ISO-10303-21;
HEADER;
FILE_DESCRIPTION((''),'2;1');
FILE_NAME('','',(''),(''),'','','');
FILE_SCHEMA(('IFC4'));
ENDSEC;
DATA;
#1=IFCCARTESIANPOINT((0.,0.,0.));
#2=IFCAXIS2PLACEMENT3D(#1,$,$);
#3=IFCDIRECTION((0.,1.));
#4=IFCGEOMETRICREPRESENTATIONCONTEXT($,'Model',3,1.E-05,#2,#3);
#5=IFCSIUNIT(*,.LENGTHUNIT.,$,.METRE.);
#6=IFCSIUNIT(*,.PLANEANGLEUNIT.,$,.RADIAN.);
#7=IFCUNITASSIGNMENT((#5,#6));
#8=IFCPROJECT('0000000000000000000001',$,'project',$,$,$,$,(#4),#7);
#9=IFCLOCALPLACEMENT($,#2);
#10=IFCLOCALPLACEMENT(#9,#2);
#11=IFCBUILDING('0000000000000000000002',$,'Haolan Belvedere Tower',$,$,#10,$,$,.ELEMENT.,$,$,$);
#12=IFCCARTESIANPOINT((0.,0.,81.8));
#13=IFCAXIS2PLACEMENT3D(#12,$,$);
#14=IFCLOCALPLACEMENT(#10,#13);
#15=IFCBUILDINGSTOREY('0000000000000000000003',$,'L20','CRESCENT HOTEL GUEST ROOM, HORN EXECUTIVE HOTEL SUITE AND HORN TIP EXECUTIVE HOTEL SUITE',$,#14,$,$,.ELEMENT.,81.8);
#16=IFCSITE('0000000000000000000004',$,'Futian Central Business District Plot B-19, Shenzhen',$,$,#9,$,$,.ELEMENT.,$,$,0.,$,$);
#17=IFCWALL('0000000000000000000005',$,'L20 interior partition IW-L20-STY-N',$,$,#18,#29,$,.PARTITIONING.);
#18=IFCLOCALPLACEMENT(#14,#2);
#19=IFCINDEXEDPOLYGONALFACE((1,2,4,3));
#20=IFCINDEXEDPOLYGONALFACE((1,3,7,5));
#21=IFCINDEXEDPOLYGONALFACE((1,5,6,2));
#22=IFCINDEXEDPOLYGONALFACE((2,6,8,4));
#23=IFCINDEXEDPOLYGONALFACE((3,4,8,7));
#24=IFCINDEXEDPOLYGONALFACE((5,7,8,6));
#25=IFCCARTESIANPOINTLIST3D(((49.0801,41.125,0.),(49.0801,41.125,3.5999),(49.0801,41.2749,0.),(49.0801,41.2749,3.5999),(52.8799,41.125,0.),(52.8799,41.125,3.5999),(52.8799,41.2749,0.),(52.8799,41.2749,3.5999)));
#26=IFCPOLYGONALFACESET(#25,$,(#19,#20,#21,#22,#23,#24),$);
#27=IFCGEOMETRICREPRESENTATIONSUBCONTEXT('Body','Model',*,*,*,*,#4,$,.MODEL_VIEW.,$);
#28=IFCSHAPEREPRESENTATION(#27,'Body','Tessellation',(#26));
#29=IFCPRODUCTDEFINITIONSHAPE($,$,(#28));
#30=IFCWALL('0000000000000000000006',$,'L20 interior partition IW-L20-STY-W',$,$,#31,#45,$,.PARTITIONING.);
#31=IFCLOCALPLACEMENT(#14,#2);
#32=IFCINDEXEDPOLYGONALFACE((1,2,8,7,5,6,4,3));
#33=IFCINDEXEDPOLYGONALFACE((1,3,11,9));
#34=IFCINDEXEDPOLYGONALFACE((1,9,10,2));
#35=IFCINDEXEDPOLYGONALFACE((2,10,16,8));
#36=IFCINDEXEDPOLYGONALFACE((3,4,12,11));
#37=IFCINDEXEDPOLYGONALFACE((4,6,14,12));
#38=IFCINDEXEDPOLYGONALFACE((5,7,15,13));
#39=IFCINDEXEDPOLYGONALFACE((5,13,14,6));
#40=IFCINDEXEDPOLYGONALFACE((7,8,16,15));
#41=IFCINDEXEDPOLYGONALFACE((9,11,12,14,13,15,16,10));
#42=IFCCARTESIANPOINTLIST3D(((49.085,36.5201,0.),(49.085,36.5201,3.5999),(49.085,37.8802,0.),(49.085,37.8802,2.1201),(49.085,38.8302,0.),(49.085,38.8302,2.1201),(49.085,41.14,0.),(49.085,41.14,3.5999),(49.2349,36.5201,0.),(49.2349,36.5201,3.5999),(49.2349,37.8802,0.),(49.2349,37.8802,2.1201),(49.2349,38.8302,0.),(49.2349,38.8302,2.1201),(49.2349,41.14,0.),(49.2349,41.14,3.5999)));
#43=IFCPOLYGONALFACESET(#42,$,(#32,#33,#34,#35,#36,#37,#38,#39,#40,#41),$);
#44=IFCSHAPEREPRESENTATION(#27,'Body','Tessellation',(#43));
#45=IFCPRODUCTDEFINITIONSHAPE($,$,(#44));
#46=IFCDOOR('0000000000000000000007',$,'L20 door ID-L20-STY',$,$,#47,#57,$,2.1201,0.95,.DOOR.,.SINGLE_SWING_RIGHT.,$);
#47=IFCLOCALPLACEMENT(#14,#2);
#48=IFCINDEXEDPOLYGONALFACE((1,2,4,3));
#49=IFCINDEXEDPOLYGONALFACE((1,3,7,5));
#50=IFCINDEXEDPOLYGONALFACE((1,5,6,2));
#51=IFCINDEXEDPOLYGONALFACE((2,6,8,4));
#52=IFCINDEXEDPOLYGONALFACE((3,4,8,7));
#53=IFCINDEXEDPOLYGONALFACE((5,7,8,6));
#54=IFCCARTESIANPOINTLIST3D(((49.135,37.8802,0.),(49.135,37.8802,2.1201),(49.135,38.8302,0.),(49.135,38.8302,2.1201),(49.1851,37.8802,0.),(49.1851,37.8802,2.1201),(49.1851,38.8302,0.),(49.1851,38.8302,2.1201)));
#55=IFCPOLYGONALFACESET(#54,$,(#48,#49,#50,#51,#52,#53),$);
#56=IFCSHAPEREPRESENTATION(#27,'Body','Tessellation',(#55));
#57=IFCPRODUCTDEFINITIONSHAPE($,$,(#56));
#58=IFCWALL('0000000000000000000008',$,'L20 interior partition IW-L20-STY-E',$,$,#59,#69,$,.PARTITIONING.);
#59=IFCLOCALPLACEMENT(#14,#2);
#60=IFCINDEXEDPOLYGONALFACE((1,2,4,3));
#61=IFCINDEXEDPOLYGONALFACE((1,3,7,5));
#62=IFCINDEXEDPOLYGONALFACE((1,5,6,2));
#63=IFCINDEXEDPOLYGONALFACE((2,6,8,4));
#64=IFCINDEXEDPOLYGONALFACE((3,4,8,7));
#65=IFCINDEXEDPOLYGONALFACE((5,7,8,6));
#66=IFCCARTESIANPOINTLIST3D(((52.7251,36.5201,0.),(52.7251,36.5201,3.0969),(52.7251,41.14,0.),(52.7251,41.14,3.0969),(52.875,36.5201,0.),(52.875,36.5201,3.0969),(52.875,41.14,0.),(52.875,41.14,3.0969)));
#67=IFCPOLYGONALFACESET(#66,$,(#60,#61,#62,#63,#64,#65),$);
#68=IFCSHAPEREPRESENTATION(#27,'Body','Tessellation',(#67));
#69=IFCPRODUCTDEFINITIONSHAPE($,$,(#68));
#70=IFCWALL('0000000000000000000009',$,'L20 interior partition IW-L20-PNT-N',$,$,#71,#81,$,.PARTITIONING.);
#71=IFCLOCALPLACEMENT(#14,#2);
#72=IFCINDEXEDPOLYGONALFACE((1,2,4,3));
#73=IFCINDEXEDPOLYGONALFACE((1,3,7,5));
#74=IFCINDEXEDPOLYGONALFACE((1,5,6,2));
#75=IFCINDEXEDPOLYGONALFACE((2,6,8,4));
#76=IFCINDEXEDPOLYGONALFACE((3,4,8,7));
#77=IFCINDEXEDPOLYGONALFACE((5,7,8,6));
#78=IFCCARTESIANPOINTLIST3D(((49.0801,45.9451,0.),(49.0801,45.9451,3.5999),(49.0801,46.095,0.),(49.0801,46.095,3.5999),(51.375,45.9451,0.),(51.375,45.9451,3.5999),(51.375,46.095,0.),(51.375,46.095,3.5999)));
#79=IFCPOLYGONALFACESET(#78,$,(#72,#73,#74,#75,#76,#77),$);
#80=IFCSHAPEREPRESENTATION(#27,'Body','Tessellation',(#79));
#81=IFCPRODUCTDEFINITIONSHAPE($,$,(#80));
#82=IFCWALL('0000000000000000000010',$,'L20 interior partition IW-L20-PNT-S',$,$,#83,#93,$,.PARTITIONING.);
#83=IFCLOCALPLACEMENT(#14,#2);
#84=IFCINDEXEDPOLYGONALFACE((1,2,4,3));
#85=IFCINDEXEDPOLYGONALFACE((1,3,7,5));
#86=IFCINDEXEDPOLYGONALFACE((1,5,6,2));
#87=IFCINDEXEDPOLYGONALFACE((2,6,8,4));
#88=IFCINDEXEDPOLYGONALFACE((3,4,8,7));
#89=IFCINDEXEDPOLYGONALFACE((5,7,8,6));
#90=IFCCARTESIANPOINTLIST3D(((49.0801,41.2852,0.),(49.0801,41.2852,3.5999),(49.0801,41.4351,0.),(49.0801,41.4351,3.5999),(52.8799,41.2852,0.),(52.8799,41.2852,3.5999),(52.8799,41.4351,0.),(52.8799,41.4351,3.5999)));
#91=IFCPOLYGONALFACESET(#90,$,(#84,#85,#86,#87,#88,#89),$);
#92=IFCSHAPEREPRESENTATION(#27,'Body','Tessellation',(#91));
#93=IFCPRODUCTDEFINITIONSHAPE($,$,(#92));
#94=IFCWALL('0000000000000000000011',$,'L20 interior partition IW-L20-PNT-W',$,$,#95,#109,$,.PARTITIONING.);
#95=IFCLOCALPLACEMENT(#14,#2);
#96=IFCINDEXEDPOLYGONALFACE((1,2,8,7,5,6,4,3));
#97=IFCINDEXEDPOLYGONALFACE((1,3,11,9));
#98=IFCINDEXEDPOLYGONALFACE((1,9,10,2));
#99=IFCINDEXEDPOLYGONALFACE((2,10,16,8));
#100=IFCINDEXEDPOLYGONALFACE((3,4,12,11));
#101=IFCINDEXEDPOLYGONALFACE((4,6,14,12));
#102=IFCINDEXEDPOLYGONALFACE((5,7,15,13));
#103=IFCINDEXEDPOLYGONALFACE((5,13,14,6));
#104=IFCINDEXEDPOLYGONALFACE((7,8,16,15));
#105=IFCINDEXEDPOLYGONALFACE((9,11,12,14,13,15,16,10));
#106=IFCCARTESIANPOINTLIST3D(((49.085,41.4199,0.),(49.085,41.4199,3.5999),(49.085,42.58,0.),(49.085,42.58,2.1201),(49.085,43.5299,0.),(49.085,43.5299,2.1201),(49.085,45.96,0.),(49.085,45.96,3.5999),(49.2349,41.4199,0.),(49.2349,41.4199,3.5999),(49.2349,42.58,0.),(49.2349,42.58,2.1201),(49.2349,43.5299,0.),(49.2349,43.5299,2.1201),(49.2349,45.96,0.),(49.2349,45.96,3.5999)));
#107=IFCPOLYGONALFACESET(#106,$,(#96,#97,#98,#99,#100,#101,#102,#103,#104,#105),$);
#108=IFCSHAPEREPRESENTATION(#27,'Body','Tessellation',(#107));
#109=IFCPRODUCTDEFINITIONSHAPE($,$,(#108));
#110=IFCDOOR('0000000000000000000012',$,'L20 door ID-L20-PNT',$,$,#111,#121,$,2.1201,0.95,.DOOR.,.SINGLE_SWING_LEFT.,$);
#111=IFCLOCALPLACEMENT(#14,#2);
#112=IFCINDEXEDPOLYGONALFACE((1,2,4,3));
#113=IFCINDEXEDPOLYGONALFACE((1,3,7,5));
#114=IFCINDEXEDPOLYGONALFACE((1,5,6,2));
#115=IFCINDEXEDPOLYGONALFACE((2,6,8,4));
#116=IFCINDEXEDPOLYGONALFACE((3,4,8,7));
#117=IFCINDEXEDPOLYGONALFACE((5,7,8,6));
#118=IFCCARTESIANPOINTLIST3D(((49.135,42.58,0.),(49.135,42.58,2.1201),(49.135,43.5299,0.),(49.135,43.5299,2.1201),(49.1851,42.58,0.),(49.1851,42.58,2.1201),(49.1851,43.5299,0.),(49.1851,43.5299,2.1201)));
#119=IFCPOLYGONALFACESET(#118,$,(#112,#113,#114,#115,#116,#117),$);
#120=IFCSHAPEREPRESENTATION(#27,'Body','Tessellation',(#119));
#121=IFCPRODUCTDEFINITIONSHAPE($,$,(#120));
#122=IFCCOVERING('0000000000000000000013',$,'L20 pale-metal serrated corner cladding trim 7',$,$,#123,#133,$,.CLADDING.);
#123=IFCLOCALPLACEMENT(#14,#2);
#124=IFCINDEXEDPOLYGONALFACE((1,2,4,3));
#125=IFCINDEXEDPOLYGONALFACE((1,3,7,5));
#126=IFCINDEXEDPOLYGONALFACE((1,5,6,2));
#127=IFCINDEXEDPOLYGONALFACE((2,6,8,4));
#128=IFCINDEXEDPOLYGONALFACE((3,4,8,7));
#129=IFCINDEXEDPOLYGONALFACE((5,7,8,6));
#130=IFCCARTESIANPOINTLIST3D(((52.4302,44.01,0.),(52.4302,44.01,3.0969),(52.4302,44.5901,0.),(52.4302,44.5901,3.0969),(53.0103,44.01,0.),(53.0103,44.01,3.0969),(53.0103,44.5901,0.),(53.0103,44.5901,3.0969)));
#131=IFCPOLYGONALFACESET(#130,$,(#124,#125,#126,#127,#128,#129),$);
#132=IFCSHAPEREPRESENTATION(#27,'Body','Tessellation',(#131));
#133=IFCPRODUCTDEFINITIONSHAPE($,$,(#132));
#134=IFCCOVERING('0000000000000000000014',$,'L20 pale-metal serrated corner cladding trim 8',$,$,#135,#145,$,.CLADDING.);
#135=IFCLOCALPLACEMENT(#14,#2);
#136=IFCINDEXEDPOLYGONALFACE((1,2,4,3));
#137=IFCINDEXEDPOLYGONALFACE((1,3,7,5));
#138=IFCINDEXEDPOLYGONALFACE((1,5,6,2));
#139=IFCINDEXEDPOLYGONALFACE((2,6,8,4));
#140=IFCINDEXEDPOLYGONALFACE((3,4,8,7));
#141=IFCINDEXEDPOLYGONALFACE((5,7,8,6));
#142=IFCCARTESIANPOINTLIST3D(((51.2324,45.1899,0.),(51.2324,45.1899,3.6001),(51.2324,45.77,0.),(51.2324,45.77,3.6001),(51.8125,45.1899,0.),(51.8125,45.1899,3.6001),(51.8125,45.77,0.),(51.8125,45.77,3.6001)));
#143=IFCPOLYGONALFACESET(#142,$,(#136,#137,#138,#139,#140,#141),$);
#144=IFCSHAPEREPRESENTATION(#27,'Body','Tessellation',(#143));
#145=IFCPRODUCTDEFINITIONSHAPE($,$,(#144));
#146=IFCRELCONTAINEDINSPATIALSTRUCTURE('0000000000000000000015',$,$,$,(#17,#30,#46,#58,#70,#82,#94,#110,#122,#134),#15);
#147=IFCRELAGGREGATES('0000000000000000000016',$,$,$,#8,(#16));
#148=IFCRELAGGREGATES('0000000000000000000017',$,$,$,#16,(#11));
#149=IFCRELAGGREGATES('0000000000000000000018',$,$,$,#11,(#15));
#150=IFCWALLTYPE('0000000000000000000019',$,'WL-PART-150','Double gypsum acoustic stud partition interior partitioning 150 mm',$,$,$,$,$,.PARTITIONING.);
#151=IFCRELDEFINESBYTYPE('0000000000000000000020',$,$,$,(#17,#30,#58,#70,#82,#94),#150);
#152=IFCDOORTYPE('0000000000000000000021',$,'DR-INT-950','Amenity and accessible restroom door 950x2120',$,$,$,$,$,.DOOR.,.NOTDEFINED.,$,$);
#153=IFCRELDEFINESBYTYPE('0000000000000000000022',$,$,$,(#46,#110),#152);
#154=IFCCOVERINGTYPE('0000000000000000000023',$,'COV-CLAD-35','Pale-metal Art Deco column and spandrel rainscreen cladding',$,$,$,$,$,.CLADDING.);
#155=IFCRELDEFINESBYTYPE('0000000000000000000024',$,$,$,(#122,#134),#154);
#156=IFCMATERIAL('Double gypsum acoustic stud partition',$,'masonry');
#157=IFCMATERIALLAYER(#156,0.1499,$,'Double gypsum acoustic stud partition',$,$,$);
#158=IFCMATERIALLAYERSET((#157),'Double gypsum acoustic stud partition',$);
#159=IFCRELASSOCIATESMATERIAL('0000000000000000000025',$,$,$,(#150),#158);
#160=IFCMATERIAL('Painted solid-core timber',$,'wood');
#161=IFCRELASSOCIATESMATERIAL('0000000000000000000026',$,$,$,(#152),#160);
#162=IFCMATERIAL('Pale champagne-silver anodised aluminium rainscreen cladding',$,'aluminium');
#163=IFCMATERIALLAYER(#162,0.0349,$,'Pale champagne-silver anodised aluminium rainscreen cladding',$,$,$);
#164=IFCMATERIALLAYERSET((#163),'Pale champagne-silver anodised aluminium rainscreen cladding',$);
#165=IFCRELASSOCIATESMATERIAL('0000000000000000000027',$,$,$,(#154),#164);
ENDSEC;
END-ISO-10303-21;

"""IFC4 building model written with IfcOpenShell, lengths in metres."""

from ifc_helpers import new_model, si_unit, direction, frame, frame_2d, origin, origin_2d, place, context, subcontext, project, spatial, rectangle, extrude, material, layer, layer_set, type_object, element, fill, save


model = new_model("IFC4")

# Units and contexts
model_context = context("Model", 3, precision=1e-05, world=origin(), true_north=direction((0.0, 1.0)))
body_context = subcontext(model_context, "Body", "Model", "MODEL_VIEW")
ifc_project = project(units=[si_unit("LENGTHUNIT", "METRE"), si_unit("PLANEANGLEUNIT", "RADIAN")], contexts=[model_context])

# Site, building, storey
site_placement = place(None, origin())
site = spatial("IfcSite", under=ifc_project, at=site_placement, Name="Futian Central Business District Plot B-19, Shenzhen", CompositionType="ELEMENT", RefElevation=0.0)
building_placement = place(site_placement, origin())
building = spatial("IfcBuilding", under=site, at=building_placement, Name="Haolan Belvedere Tower", CompositionType="ELEMENT")
storey_placement = place(building_placement, frame((0.0, 0.0, 81.8)))
storey = spatial("IfcBuildingStorey", under=building, at=storey_placement, Name="L20", Description="CRESCENT HOTEL GUEST ROOM, HORN EXECUTIVE HOTEL SUITE AND HORN TIP EXECUTIVE HOTEL SUITE", CompositionType="ELEMENT", Elevation=81.8)

# Shared definitions
ifc_material_1 = material(Name="Double gypsum acoustic stud partition", Category="masonry")
ifc_layer_1 = layer(ifc_material_1, 0.1499, Name="Double gypsum acoustic stud partition")
ifc_layer_set_1 = layer_set([ifc_layer_1], Name="Double gypsum acoustic stud partition")
wall_type_1 = type_object("IfcWallType", Name="WL-PART-150", Description="Double gypsum acoustic stud partition interior partitioning 150 mm", PredefinedType="PARTITIONING", material=ifc_layer_set_1)
ifc_material_2 = material(Name="Painted solid-core timber", Category="wood")
door_type = type_object("IfcDoorType", Name="DR-INT-950", Description="Amenity and accessible restroom door 950x2120", OperationType="NOTDEFINED", PredefinedType="DOOR", material=ifc_material_2)

# Wall
wall_1_placement = place(storey_placement, frame((49.0801, 41.2, 0.0), z_axis=(0.0, 0.0, 1.0), x_axis=(1.0, 0.0, 0.0)))
element("IfcWall", 1, at=wall_1_placement, inside=storey, type_object=wall_type_1, Name="L20 interior partition IW-L20-STY-N", PredefinedType="PARTITIONING", context=body_context, shape_type="SweptSolid", body=[
    extrude(rectangle(XDim=3.7998, YDim=0.1499, at=frame_2d((1.8999, 0.0))), origin(), (0.0, 0.0, 1.0), 3.5999),
])

# Wall, opening, door
wall_2_placement = place(storey_placement, frame((49.1599, 36.52, 0.0), z_axis=(0.0, 0.0, 1.0), x_axis=(0.0, 1.0, 0.0)))
wall_2 = element("IfcWall", 2, at=wall_2_placement, inside=storey, type_object=wall_type_1, Name="L20 interior partition IW-L20-STY-W", PredefinedType="PARTITIONING", context=body_context, shape_type="SweptSolid", body=[
    extrude(rectangle(XDim=4.6199, YDim=0.1499, at=frame_2d((2.3101, 0.0))), origin(), (0.0, 0.0, 1.0), 3.5999),
])
opening_1_placement = place(wall_2_placement, frame((1.3601, 0.0, 0.0)))
opening_1 = element("IfcOpeningElement", 3, at=opening_1_placement, cuts=wall_2, PredefinedType="OPENING", context=body_context, shape_type="SweptSolid", body=[
    extrude(rectangle(XDim=0.95, YDim=2.1201, at=frame_2d((0.4751, 1.0601))), frame((0.0, 0.085, 0.0), z_axis=(0.0, -1.0, 0.0), x_axis=(1.0, 0.0, 0.0)), (0.0, 0.0, 1.0), 0.1699),
])
door_1_placement = place(opening_1_placement, origin())
door_1 = element("IfcDoor", 4, at=door_1_placement, inside=storey, type_object=door_type, Name="L20 door ID-L20-STY", OperationType="SINGLE_SWING_RIGHT", OverallHeight=2.1201, OverallWidth=0.95, PredefinedType="DOOR", context=body_context, shape_type="SweptSolid", body=[
    extrude(rectangle(XDim=0.95, YDim=2.1201, at=frame_2d((0.4751, 1.0601))), frame((0.0, 0.0249, 0.0), z_axis=(0.0, -1.0, 0.0), x_axis=(1.0, 0.0, 0.0)), (0.0, 0.0, 1.0), 0.05),
])
fill(opening_1, door_1)

# Walls
wall_3_placement = place(storey_placement, frame((52.8, 36.52, 0.0), z_axis=(0.0, 0.0, 1.0), x_axis=(0.0, 1.0, 0.0)))
element("IfcWall", 5, at=wall_3_placement, inside=storey, type_object=wall_type_1, Name="L20 interior partition IW-L20-STY-E", PredefinedType="PARTITIONING", context=body_context, shape_type="SweptSolid", body=[
    extrude(rectangle(XDim=4.6199, YDim=0.1499, at=frame_2d((2.3101, 0.0))), origin(), (0.0, 0.0, 1.0), 3.0969),
])
wall_4_placement = place(storey_placement, frame((49.0801, 46.02, 0.0), z_axis=(0.0, 0.0, 1.0), x_axis=(1.0, 0.0, 0.0)))
element("IfcWall", 6, at=wall_4_placement, inside=storey, type_object=wall_type_1, Name="L20 interior partition IW-L20-PNT-N", PredefinedType="PARTITIONING", context=body_context, shape_type="SweptSolid", body=[
    extrude(rectangle(XDim=2.2949, YDim=0.1499, at=frame_2d((1.1475, 0.0))), origin(), (0.0, 0.0, 1.0), 3.5999),
])
wall_5_placement = place(storey_placement, frame((49.0801, 41.3601, 0.0), z_axis=(0.0, 0.0, 1.0), x_axis=(1.0, 0.0, 0.0)))
element("IfcWall", 7, at=wall_5_placement, inside=storey, type_object=wall_type_1, Name="L20 interior partition IW-L20-PNT-S", PredefinedType="PARTITIONING", context=body_context, shape_type="SweptSolid", body=[
    extrude(rectangle(XDim=3.7998, YDim=0.1499, at=frame_2d((1.8999, 0.0))), origin(), (0.0, 0.0, 1.0), 3.5999),
])

# Wall, opening, door
wall_6_placement = place(storey_placement, frame((49.1599, 41.4199, 0.0), z_axis=(0.0, 0.0, 1.0), x_axis=(0.0, 1.0, 0.0)))
wall_6 = element("IfcWall", 8, at=wall_6_placement, inside=storey, type_object=wall_type_1, Name="L20 interior partition IW-L20-PNT-W", PredefinedType="PARTITIONING", context=body_context, shape_type="SweptSolid", body=[
    extrude(rectangle(XDim=4.54, YDim=0.1499, at=frame_2d((2.27, 0.0))), origin(), (0.0, 0.0, 1.0), 3.5999),
])
opening_2_placement = place(wall_6_placement, frame((1.1599, 0.0, 0.0)))
opening_2 = element("IfcOpeningElement", 9, at=opening_2_placement, cuts=wall_6, PredefinedType="OPENING", context=body_context, shape_type="SweptSolid", body=[
    extrude(rectangle(XDim=0.95, YDim=2.1201, at=frame_2d((0.4751, 1.0601))), frame((0.0, 0.085, 0.0), z_axis=(0.0, -1.0, 0.0), x_axis=(1.0, 0.0, 0.0)), (0.0, 0.0, 1.0), 0.1699),
])
door_2_placement = place(opening_2_placement, origin())
door_2 = element("IfcDoor", 10, at=door_2_placement, inside=storey, type_object=door_type, Name="L20 door ID-L20-PNT", OperationType="SINGLE_SWING_LEFT", OverallHeight=2.1201, OverallWidth=0.95, PredefinedType="DOOR", context=body_context, shape_type="SweptSolid", body=[
    extrude(rectangle(XDim=0.95, YDim=2.1201, at=frame_2d((0.4751, 1.0601))), frame((0.0, 0.0249, 0.0), z_axis=(0.0, -1.0, 0.0), x_axis=(1.0, 0.0, 0.0)), (0.0, 0.0, 1.0), 0.05),
])
fill(opening_2, door_2)

# Coverings
ifc_material_3 = material(Name="Pale champagne-silver anodised aluminium rainscreen cladding", Category="aluminium")
ifc_layer_2 = layer(ifc_material_3, 0.0349, Name="Pale champagne-silver anodised aluminium rainscreen cladding")
ifc_layer_set_2 = layer_set([ifc_layer_2], Name="Pale champagne-silver anodised aluminium rainscreen cladding")
covering_type = type_object("IfcCoveringType", Name="COV-CLAD-35", Description="Pale-metal Art Deco column and spandrel rainscreen cladding", PredefinedType="CLADDING", material=ifc_layer_set_2)
covering_1_placement = place(storey_placement, frame((52.7202, 44.3, 0.0), z_axis=(0.0, 0.0, 1.0), x_axis=(1.0, 0.0, 0.0)))
element("IfcCovering", 11, at=covering_1_placement, inside=storey, type_object=covering_type, Name="L20 pale-metal serrated corner cladding trim 7", PredefinedType="CLADDING", context=body_context, shape_type="SweptSolid", body=[
    extrude(rectangle(XDim=0.5801, YDim=0.5801, at=origin_2d()), origin(), (0.0, 0.0, 1.0), 3.0969),
])
covering_2_placement = place(storey_placement, frame((51.5225, 45.48, 0.0), z_axis=(0.0, 0.0, 1.0), x_axis=(1.0, 0.0, 0.0)))
element("IfcCovering", 12, at=covering_2_placement, inside=storey, type_object=covering_type, Name="L20 pale-metal serrated corner cladding trim 8", PredefinedType="CLADDING", context=body_context, shape_type="SweptSolid", body=[
    extrude(rectangle(XDim=0.5801, YDim=0.5801, at=origin_2d()), origin(), (0.0, 0.0, 1.0), 3.6001),
])

save(model, "model.ifc")
